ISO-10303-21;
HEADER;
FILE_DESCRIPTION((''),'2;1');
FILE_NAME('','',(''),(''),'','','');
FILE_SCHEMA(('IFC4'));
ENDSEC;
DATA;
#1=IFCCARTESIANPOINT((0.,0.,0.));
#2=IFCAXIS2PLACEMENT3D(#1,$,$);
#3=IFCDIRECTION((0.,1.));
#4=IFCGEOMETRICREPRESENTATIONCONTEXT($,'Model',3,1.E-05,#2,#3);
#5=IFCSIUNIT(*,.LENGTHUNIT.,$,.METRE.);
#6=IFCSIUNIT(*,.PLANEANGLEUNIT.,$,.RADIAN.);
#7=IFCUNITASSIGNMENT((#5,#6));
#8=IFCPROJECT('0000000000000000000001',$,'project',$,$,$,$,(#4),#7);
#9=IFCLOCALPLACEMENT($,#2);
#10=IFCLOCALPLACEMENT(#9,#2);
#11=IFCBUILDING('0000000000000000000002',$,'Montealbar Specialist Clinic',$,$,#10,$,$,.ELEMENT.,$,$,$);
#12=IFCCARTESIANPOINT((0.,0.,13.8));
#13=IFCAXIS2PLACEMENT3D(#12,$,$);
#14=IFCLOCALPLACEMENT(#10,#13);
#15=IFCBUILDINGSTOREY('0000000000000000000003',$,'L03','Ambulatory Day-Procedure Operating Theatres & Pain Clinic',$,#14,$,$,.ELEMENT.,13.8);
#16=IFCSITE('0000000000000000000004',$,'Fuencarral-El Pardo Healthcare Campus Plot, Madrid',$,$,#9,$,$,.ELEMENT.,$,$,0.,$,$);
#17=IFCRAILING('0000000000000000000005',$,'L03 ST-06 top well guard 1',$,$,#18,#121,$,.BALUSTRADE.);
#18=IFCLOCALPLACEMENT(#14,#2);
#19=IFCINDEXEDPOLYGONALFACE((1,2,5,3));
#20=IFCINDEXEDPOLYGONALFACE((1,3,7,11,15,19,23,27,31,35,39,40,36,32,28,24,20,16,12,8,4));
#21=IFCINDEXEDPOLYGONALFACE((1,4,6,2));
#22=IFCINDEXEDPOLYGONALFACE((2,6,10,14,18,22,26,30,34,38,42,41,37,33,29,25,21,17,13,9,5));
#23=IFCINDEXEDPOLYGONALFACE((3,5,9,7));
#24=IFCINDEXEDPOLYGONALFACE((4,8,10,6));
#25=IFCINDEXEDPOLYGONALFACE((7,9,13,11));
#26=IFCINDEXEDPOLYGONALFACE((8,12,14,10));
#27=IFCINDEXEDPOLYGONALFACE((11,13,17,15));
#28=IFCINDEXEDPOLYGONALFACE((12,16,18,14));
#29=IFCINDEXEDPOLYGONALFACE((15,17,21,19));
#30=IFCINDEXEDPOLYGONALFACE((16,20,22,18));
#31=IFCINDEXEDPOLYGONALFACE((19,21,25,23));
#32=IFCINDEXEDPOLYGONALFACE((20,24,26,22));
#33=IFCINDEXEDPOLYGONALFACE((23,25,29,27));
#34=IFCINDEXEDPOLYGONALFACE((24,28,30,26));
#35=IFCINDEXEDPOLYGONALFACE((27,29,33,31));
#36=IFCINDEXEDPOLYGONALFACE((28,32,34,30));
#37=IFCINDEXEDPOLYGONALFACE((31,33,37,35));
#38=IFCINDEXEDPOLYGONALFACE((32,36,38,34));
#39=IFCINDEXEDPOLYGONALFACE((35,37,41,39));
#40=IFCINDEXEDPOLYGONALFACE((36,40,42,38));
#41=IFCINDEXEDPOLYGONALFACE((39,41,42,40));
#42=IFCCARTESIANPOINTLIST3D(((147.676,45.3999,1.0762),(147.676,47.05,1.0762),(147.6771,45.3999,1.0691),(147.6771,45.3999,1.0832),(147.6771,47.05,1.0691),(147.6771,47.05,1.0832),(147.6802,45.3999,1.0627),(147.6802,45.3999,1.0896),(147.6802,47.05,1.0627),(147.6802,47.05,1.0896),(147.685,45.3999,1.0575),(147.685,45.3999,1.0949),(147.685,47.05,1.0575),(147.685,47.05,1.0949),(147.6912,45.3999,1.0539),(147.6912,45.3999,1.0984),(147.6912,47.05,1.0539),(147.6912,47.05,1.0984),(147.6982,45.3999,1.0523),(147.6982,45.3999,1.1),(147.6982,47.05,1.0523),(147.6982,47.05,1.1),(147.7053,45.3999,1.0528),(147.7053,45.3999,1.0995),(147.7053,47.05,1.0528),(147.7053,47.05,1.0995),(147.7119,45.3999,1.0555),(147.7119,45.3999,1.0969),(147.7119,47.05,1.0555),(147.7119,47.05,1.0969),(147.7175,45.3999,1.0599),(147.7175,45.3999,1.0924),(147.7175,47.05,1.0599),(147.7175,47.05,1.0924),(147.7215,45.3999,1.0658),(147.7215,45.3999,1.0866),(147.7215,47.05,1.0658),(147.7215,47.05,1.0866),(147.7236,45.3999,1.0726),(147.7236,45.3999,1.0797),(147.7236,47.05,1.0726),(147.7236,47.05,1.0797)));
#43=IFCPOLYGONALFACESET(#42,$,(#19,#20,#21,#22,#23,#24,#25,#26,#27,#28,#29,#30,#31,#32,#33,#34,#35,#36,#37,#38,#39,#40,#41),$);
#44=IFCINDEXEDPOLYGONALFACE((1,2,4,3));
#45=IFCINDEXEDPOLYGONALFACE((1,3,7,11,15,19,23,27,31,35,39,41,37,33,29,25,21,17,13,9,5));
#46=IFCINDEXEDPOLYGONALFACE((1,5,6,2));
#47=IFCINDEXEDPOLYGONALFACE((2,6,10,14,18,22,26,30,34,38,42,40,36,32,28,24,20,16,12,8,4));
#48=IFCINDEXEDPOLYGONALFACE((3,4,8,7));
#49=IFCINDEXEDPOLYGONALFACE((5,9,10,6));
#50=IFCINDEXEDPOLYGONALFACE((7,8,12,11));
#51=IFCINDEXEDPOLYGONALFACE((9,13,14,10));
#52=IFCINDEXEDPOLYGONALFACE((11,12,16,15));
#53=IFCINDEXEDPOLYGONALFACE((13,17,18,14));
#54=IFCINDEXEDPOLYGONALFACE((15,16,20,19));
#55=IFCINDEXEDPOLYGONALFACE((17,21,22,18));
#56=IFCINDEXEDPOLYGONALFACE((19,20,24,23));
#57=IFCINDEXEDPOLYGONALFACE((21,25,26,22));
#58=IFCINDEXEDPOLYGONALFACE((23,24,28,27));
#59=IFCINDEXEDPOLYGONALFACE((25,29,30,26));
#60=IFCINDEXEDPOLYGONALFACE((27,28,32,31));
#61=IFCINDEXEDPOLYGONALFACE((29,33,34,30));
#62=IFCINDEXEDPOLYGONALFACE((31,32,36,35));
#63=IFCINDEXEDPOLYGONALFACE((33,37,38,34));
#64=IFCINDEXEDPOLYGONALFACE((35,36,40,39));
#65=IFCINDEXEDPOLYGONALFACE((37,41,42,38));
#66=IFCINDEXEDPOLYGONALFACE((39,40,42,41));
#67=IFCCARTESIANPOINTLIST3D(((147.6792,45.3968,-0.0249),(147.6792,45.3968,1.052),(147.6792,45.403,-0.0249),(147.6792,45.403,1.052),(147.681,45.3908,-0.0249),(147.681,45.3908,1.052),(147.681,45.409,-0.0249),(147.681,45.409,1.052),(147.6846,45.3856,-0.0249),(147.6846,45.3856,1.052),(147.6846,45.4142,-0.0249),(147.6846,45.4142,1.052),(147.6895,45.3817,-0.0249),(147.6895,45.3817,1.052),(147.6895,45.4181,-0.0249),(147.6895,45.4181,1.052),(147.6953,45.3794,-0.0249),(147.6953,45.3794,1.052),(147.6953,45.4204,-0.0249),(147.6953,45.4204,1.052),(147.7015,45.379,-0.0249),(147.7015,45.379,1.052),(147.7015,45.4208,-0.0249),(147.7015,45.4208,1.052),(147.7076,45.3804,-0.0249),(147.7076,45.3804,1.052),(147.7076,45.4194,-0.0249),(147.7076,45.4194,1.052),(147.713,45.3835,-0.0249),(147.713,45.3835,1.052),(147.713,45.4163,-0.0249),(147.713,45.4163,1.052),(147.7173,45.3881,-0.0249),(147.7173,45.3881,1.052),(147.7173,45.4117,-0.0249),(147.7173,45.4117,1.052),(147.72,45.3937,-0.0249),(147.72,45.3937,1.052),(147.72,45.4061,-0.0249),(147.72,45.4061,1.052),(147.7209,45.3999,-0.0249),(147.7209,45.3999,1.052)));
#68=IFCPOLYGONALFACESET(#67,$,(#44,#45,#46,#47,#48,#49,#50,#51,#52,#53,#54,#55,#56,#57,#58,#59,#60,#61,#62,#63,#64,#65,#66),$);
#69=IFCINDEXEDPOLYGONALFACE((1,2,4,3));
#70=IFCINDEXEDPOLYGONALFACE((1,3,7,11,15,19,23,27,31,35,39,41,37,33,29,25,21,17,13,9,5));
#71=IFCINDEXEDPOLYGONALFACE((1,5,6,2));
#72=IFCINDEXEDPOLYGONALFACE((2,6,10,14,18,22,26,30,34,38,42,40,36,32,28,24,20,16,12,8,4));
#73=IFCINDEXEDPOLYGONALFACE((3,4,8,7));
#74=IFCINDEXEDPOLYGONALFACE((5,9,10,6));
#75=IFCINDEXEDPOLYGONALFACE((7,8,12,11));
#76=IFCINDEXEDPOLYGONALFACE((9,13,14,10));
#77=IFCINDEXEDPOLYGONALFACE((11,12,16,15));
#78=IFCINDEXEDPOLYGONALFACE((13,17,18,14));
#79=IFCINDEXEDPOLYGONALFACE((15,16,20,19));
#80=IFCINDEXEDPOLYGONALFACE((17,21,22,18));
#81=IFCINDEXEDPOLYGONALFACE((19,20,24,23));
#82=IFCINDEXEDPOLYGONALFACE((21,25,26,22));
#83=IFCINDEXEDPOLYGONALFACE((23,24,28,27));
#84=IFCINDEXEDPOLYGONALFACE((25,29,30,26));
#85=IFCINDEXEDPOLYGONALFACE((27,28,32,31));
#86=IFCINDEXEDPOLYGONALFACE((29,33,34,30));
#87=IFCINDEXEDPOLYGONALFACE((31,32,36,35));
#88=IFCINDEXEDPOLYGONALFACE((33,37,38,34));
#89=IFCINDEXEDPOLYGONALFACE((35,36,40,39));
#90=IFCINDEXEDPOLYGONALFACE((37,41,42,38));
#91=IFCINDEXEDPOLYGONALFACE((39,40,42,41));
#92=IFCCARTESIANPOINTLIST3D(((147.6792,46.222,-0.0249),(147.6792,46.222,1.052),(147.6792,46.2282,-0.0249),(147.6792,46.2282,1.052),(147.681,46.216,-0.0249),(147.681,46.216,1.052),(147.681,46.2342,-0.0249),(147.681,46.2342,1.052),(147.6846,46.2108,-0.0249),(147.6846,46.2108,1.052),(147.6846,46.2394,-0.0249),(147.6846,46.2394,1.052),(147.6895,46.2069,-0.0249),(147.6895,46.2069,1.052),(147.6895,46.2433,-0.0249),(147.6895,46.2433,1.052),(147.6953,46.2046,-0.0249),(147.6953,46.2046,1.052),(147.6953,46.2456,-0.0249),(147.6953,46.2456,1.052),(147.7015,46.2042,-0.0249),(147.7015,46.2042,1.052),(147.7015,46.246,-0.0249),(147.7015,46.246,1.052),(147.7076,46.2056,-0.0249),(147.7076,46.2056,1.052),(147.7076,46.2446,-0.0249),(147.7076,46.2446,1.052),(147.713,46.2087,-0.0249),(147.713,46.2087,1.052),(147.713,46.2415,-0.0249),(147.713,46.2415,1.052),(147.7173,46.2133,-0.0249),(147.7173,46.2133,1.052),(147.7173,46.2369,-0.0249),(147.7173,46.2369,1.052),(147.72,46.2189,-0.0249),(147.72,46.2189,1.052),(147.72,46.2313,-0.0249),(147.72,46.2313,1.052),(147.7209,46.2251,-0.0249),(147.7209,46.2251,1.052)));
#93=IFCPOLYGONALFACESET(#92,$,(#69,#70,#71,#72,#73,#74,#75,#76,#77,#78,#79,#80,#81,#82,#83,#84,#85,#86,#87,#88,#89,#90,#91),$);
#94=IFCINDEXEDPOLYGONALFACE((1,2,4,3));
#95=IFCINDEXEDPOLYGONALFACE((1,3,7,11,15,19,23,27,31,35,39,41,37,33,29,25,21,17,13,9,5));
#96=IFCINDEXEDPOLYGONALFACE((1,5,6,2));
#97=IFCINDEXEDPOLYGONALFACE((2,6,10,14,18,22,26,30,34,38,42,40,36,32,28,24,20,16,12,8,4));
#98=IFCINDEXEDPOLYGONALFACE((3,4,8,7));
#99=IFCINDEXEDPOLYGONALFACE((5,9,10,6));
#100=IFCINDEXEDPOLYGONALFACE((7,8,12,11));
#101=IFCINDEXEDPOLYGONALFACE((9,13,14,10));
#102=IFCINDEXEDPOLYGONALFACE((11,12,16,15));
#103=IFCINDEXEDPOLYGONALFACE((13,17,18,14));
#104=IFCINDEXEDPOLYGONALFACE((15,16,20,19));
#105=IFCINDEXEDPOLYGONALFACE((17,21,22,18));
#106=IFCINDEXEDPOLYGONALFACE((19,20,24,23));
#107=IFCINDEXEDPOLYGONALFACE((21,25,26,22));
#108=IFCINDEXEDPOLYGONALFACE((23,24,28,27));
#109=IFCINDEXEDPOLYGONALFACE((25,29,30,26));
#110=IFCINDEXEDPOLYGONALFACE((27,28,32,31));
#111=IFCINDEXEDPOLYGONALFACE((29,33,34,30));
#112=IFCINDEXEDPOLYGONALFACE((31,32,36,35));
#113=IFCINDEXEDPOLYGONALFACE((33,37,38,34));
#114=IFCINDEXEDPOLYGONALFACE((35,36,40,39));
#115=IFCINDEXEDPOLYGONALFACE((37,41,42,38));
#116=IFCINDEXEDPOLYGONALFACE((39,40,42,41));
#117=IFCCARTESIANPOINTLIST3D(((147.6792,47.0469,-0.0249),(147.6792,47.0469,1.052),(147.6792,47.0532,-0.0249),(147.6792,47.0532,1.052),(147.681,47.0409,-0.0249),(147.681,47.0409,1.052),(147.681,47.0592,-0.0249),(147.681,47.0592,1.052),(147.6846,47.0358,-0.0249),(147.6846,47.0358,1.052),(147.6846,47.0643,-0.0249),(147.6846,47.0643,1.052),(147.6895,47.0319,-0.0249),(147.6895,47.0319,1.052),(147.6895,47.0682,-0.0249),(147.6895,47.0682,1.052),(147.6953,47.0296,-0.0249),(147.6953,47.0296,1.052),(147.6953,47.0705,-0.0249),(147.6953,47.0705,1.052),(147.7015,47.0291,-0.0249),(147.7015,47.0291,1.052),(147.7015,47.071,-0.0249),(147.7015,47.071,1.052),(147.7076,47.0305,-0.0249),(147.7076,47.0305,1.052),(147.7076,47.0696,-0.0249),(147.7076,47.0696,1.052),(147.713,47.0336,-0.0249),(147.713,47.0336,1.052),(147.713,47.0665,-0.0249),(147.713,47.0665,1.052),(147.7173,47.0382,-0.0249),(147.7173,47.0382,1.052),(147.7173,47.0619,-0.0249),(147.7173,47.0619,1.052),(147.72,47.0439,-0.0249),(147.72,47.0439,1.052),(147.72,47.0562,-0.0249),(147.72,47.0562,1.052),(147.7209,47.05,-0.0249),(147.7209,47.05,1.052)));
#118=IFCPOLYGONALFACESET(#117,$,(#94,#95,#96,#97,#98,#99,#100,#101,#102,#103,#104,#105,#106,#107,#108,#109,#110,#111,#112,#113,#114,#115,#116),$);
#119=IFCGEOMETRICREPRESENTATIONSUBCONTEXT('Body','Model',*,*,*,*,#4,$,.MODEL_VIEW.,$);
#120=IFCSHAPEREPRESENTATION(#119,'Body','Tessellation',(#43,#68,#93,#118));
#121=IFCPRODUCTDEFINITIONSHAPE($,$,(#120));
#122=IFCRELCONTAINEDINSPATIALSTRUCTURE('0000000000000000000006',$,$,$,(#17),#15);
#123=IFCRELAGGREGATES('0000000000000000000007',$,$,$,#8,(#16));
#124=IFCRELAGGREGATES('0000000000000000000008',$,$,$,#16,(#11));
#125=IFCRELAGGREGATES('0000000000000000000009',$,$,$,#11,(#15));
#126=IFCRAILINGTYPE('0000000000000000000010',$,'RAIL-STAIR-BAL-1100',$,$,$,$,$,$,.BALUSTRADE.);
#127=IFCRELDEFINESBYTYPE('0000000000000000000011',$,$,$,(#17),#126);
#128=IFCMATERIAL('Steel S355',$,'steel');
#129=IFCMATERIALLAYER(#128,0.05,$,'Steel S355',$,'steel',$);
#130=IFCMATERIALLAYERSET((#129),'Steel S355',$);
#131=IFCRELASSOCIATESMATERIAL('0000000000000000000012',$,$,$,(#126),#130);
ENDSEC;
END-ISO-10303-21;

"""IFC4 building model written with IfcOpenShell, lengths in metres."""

from ifc_helpers import new_model, si_unit, direction, frame, origin, origin_2d, place, context, subcontext, project, spatial, circle, extrude, material, layer, layer_set, type_object, element, save


model = new_model("IFC4")

# Units and contexts
model_context = context("Model", 3, precision=1e-05, world=origin(), true_north=direction((0.0, 1.0)))
body_context = subcontext(model_context, "Body", "Model", "MODEL_VIEW")
ifc_project = project(units=[si_unit("LENGTHUNIT", "METRE"), si_unit("PLANEANGLEUNIT", "RADIAN")], contexts=[model_context])

# Site, building, storey
site_placement = place(None, origin())
site = spatial("IfcSite", under=ifc_project, at=site_placement, Name="Fuencarral-El Pardo Healthcare Campus Plot, Madrid", CompositionType="ELEMENT", RefElevation=0.0)
building_placement = place(site_placement, origin())
building = spatial("IfcBuilding", under=site, at=building_placement, Name="Montealbar Specialist Clinic", CompositionType="ELEMENT")
storey_placement = place(building_placement, frame((0.0, 0.0, 13.8)))
storey = spatial("IfcBuildingStorey", under=building, at=storey_placement, Name="L03", Description="Ambulatory Day-Procedure Operating Theatres & Pain Clinic", CompositionType="ELEMENT", Elevation=13.8)

# Shared definitions
ifc_material_1 = material(Name="Steel S355", Category="steel")

# Railing
ifc_layer_1 = layer(ifc_material_1, 0.05, Name="Steel S355", Category="steel")
ifc_layer_set_1 = layer_set([ifc_layer_1], Name="Steel S355")
railing_type = type_object("IfcRailingType", Name="RAIL-STAIR-BAL-1100", PredefinedType="BALUSTRADE", material=ifc_layer_set_1)
railing_placement = place(storey_placement, frame((147.7, 45.3999, 0.0)))
element("IfcRailing", 1, at=railing_placement, inside=storey, type_object=railing_type, Name="L03 ST-06 top well guard 1", PredefinedType="BALUSTRADE", context=body_context, shape_type="SweptSolid", body=[
    extrude(circle(Radius=0.0239, at=origin_2d()), frame((0.0, 0.0, 1.0762), z_axis=(0.0, 1.0, 0.0), x_axis=(-1.0, 0.0, 0.0)), (0.0, 0.0, 1.0), 1.6501),
    extrude(circle(Radius=0.021, at=origin_2d()), frame((0.0, 0.0, -0.0249)), (0.0, 0.0, 1.0), 1.0769),
    extrude(circle(Radius=0.021, at=origin_2d()), frame((0.0, 0.8252, -0.0249)), (0.0, 0.0, 1.0), 1.0769),
    extrude(circle(Radius=0.021, at=origin_2d()), frame((0.0, 1.6501, -0.0249)), (0.0, 0.0, 1.0), 1.0769),
])

save(model, "model.ifc")
